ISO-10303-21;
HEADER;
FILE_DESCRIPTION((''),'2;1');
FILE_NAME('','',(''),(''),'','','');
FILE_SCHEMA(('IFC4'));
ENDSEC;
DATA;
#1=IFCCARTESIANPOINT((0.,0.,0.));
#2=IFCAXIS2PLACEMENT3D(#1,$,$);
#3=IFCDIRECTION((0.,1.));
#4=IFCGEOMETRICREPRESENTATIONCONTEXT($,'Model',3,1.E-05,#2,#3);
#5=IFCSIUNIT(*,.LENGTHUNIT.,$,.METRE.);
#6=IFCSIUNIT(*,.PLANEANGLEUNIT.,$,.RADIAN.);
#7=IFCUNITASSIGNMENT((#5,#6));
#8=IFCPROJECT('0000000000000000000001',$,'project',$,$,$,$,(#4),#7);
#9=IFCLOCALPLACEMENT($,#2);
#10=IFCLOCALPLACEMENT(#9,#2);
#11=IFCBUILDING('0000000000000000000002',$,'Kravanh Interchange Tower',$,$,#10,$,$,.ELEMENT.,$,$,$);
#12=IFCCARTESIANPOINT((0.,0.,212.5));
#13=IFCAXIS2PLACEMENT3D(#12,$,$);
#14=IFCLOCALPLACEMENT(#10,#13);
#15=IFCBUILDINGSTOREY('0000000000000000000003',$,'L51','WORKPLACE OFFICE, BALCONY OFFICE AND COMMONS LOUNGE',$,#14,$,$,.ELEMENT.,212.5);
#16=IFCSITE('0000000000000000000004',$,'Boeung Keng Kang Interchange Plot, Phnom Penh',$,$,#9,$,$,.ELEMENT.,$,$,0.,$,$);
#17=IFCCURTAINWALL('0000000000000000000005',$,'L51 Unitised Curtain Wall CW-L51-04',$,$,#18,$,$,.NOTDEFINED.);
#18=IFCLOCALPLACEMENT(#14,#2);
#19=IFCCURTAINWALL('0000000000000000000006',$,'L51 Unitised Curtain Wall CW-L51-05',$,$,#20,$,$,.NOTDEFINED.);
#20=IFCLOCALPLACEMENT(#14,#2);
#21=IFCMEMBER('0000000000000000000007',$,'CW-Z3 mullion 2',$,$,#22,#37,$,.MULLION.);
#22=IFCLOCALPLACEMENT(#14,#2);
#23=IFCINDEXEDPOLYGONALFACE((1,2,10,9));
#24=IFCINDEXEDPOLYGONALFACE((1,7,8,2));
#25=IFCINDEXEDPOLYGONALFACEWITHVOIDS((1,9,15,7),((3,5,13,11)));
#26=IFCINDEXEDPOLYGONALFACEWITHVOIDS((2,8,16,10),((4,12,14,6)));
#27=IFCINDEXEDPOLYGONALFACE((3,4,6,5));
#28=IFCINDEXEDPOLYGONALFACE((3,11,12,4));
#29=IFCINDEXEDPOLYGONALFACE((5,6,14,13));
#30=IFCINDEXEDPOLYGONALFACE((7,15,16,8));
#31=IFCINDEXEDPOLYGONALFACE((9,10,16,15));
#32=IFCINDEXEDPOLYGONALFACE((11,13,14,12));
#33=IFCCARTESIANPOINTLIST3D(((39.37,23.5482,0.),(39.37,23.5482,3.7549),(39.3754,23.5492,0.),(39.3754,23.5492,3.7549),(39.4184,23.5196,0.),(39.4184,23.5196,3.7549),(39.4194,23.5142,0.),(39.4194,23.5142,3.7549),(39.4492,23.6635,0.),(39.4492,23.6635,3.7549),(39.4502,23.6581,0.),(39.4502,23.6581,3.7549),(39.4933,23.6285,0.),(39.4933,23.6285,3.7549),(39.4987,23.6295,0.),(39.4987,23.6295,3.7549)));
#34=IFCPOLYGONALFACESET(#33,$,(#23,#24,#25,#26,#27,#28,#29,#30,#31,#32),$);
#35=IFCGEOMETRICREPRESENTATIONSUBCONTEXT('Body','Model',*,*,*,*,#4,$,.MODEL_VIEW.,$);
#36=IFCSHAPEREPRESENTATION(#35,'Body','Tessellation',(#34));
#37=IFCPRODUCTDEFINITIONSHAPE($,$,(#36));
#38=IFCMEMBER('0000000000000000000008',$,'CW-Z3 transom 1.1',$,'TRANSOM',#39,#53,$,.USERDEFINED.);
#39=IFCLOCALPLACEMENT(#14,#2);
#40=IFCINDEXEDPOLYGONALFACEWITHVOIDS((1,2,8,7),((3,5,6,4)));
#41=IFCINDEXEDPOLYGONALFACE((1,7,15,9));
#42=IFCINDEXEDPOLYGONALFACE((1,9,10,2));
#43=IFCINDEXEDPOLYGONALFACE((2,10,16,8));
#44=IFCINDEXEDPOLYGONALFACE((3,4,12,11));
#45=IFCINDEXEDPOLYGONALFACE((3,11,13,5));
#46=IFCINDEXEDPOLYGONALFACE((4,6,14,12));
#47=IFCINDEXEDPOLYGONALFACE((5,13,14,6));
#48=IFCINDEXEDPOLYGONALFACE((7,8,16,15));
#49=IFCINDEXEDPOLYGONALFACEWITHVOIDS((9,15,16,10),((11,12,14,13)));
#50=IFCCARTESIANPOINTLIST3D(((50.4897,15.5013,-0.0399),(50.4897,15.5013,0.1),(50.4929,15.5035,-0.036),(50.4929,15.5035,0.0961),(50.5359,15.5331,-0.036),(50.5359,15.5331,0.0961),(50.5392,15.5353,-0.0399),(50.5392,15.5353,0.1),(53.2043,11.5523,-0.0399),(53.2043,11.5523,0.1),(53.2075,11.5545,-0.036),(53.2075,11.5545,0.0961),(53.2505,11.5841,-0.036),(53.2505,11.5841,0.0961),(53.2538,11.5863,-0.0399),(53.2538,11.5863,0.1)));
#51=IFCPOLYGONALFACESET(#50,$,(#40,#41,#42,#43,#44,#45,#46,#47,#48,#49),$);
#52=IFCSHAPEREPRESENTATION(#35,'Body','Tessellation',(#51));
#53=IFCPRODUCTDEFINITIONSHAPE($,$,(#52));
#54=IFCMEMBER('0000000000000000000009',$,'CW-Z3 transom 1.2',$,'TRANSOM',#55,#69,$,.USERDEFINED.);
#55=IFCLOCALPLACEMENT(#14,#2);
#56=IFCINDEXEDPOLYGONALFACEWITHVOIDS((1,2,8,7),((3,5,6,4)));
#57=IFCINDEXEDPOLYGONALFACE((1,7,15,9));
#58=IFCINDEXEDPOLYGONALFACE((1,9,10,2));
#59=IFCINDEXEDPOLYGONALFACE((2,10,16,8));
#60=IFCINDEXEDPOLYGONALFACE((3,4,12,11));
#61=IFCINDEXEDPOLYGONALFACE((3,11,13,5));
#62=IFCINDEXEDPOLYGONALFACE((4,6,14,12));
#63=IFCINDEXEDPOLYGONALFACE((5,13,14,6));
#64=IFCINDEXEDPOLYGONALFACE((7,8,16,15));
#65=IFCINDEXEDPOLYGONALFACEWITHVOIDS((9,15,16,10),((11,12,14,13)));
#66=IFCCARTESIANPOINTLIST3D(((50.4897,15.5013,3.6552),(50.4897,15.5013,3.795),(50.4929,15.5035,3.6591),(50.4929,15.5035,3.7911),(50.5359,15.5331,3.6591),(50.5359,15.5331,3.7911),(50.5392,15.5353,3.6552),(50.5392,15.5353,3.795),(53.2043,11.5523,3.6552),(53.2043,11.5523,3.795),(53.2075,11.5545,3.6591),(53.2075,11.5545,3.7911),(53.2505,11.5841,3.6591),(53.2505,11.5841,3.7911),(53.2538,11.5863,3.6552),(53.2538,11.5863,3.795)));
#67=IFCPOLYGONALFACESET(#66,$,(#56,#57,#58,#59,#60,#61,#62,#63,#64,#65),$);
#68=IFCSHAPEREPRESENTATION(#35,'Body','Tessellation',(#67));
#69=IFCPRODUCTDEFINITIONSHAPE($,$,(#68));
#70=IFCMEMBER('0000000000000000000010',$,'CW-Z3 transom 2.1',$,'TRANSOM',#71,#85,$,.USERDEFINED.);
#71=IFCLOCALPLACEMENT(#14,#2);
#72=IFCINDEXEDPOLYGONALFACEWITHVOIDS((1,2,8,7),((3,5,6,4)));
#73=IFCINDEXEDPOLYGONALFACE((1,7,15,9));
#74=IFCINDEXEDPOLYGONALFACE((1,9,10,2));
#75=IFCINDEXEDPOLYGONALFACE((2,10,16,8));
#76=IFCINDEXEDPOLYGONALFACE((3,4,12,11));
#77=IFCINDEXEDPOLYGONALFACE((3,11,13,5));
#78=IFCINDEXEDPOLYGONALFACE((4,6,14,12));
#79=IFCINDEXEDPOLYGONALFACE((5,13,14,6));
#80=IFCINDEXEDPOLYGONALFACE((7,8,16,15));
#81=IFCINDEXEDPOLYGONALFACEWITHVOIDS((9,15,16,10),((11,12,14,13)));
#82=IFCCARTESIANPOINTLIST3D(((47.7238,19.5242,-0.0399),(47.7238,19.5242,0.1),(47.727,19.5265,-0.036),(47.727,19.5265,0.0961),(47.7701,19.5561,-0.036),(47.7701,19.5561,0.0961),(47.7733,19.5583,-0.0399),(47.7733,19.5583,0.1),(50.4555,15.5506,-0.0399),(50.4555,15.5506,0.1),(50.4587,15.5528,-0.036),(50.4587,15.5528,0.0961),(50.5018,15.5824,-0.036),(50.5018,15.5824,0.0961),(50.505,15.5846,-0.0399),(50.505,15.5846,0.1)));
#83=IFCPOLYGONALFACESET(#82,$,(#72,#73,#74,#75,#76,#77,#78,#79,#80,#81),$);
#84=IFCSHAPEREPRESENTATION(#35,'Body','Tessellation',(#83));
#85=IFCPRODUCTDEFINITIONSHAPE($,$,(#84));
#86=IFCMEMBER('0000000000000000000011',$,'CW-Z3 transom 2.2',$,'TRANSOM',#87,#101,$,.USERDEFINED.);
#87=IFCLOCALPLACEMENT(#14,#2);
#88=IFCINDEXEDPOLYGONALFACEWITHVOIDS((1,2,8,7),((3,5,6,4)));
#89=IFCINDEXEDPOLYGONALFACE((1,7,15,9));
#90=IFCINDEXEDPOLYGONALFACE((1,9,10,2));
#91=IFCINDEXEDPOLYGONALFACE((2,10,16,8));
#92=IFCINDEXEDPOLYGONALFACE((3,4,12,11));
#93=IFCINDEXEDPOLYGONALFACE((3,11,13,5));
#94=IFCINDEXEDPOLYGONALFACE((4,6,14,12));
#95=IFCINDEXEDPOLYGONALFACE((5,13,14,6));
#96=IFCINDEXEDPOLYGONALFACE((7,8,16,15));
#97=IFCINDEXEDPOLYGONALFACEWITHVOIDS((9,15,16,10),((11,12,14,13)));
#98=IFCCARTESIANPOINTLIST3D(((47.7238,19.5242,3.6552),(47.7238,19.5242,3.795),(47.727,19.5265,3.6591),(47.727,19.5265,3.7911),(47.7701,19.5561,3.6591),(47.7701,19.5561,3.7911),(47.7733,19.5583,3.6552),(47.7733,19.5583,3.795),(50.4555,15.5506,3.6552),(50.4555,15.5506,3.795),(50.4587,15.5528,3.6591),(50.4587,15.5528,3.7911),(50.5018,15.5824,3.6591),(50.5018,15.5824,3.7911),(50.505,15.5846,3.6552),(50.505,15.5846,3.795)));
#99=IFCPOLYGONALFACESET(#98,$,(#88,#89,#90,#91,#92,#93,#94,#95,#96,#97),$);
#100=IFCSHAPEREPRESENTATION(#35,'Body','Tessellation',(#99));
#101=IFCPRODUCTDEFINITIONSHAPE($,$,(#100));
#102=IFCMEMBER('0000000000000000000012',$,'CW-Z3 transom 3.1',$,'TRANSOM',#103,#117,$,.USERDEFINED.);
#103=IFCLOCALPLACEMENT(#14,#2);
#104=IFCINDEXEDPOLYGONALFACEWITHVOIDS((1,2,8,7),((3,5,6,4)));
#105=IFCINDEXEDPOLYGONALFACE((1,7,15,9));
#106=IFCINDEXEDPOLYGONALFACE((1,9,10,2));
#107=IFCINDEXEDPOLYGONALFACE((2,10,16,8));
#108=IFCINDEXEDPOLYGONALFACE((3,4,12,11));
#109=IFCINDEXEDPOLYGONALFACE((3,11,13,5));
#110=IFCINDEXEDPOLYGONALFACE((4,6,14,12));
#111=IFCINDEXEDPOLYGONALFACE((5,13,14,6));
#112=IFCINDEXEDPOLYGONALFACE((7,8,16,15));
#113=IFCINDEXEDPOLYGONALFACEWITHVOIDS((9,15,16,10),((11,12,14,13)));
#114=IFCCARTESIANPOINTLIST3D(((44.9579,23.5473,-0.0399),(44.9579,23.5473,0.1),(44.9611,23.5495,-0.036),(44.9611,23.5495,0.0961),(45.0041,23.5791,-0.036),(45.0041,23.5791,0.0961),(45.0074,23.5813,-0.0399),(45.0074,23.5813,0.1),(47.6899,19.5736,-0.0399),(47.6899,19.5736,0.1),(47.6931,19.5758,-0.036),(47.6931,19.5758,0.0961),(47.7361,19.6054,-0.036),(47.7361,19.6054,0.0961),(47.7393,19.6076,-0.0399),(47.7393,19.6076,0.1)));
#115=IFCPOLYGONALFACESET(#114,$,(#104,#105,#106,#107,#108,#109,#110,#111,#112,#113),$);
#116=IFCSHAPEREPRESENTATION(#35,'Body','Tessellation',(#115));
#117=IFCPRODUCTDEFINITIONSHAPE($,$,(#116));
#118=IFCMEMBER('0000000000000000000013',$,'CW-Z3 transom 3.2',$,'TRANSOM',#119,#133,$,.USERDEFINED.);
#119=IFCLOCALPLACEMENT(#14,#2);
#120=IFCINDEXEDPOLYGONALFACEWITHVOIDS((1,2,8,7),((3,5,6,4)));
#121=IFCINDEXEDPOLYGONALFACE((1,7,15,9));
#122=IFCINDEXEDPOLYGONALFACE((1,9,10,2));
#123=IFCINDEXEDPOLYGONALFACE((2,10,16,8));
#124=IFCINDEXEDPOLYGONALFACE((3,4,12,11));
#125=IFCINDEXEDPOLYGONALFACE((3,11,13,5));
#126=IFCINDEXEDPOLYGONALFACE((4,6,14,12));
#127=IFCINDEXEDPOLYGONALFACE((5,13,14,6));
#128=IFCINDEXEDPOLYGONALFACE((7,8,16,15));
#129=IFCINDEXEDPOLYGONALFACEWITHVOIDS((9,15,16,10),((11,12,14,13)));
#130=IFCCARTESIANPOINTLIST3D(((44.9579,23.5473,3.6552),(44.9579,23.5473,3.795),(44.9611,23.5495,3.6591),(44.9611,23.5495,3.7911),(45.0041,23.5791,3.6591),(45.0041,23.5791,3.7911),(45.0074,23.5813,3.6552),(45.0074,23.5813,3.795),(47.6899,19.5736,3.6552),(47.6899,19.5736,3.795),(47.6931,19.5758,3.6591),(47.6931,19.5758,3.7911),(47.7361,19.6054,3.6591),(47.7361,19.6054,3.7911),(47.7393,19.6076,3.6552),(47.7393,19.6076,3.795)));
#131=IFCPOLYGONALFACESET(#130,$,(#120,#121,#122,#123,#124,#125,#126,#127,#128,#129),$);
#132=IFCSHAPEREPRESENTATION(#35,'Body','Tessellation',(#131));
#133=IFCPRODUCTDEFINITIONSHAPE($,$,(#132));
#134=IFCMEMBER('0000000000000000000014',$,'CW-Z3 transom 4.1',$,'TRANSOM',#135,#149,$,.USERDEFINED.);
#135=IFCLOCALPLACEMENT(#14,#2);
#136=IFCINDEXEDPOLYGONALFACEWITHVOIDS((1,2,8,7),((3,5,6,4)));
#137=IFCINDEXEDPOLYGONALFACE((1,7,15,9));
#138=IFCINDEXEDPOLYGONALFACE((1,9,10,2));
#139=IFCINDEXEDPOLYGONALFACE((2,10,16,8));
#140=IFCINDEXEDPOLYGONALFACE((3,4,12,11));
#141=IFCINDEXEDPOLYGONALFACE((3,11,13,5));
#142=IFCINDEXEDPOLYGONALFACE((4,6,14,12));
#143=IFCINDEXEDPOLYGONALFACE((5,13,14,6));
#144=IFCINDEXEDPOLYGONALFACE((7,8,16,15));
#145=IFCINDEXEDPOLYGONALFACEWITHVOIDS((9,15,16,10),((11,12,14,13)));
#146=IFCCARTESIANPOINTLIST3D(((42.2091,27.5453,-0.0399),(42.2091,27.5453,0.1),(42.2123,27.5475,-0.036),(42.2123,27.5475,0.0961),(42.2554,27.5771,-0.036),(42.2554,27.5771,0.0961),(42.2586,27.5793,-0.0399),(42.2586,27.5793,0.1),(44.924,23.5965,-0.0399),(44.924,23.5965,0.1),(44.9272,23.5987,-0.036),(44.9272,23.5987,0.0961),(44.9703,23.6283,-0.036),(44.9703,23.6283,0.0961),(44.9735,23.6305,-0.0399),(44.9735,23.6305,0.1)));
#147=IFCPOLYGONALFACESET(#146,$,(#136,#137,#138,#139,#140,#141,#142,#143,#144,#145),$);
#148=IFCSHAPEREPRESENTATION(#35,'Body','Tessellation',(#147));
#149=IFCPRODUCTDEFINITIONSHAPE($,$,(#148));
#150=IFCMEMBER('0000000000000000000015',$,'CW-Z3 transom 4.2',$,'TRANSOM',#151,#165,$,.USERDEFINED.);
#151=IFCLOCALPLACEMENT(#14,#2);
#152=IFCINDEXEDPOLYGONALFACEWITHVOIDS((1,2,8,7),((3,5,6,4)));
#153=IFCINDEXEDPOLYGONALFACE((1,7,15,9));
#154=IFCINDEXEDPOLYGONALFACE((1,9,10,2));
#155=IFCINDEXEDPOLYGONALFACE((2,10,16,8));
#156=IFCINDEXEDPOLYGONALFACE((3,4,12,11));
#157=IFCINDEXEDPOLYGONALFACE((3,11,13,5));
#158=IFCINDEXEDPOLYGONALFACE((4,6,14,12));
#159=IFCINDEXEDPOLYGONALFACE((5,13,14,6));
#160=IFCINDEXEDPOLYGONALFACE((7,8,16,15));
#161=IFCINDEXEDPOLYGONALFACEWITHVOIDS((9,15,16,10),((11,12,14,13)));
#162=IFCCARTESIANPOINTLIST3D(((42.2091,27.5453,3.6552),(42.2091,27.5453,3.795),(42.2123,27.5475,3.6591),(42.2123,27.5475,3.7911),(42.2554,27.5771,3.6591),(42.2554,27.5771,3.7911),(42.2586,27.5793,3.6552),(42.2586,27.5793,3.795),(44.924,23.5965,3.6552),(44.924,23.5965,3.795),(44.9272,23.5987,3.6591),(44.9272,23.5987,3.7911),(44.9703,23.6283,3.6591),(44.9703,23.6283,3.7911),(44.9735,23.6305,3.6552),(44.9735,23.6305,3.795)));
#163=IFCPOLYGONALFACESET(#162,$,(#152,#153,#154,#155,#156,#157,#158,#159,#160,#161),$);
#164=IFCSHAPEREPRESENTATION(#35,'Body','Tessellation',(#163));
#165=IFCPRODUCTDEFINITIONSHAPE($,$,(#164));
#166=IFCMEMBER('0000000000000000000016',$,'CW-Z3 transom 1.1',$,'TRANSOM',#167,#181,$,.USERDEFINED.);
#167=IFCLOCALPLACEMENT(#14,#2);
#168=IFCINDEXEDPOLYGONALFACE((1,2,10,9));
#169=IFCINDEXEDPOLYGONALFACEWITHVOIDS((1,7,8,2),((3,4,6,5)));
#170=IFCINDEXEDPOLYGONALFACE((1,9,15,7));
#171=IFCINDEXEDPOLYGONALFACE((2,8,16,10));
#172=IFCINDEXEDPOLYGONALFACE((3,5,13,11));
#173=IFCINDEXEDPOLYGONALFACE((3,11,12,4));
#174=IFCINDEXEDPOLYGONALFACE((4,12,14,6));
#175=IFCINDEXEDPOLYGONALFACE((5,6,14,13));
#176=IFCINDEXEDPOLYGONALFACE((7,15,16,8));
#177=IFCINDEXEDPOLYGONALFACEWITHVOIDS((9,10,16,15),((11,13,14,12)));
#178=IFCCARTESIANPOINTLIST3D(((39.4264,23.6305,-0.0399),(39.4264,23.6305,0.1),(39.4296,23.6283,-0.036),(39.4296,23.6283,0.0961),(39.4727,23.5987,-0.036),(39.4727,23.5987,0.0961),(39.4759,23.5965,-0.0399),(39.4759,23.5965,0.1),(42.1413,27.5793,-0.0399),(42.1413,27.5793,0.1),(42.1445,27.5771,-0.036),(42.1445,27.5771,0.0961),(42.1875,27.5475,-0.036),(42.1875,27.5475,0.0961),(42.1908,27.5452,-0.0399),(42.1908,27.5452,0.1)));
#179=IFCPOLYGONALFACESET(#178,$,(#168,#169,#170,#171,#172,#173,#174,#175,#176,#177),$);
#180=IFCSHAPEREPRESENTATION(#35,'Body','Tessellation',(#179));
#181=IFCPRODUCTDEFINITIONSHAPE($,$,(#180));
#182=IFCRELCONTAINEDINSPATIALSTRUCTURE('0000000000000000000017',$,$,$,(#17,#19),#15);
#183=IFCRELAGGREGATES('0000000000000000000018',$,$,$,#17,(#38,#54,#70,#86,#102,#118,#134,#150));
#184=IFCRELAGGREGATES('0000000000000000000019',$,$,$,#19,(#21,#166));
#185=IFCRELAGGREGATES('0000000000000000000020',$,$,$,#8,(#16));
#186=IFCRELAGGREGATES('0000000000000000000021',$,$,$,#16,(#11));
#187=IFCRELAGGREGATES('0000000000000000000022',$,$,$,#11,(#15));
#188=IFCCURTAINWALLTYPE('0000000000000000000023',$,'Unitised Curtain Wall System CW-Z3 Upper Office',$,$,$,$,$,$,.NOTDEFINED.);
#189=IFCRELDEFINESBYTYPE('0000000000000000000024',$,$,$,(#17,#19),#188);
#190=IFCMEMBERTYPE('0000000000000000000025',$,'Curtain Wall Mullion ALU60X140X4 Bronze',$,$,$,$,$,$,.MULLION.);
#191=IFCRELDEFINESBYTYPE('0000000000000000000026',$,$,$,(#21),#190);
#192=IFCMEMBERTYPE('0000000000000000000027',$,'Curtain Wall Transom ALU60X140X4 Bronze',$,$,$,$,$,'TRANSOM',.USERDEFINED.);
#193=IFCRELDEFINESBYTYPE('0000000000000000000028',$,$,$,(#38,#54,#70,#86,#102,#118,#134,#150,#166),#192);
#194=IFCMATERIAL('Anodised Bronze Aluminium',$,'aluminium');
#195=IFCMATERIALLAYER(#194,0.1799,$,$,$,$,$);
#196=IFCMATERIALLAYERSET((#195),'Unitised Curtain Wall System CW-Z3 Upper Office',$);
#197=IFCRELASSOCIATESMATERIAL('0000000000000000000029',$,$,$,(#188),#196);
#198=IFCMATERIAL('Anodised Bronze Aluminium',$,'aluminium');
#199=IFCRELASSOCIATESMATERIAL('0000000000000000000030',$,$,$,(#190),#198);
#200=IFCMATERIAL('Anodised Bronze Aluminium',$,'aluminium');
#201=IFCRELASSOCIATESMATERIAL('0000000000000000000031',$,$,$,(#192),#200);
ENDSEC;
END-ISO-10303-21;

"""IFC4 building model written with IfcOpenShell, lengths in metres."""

from ifc_helpers import new_model, si_unit, direction, frame, origin, origin_2d, place, context, subcontext, project, spatial, hollow_rectangle, extrude, material, layer, layer_set, material_profile, profile_set, type_object, element, aggregate, save


model = new_model("IFC4")

# Units and contexts
model_context = context("Model", 3, precision=1e-05, world=origin(), true_north=direction((0.0, 1.0)))
body_context = subcontext(model_context, "Body", "Model", "MODEL_VIEW")
ifc_project = project(units=[si_unit("LENGTHUNIT", "METRE"), si_unit("PLANEANGLEUNIT", "RADIAN")], contexts=[model_context])

# Site, building, storey
site_placement = place(None, origin())
site = spatial("IfcSite", under=ifc_project, at=site_placement, Name="Boeung Keng Kang Interchange Plot, Phnom Penh", CompositionType="ELEMENT", RefElevation=0.0)
building_placement = place(site_placement, origin())
building = spatial("IfcBuilding", under=site, at=building_placement, Name="Kravanh Interchange Tower", CompositionType="ELEMENT")
storey_placement = place(building_placement, frame((0.0, 0.0, 212.5)))
storey = spatial("IfcBuildingStorey", under=building, at=storey_placement, Name="L51", Description="WORKPLACE OFFICE, BALCONY OFFICE AND COMMONS LOUNGE", CompositionType="ELEMENT", Elevation=212.5)

# Shared definitions
ifc_material_1 = material(Name="Anodised Bronze Aluminium", Category="aluminium")
ifc_layer_1 = layer(ifc_material_1, 0.1799)
ifc_layer_set_1 = layer_set([ifc_layer_1], Name="Unitised Curtain Wall System CW-Z3 Upper Office")
curtain_wall_type = type_object("IfcCurtainWallType", Name="Unitised Curtain Wall System CW-Z3 Upper Office", PredefinedType="NOTDEFINED", material=ifc_layer_set_1)
ifc_material_2 = material(Name="Anodised Bronze Aluminium", Category="aluminium")
ifc_material_profile_1 = material_profile(ifc_material_2, hollow_rectangle(XDim=0.0601, YDim=0.1399, WallThickness=0.0039, at=origin_2d()), Name="ALU60X140X4")
ifc_profile_set_1 = profile_set([ifc_material_profile_1], Name="Anodised Bronze Aluminium")
member_type_1 = type_object("IfcMemberType", Name="Curtain Wall Mullion ALU60X140X4 Bronze", PredefinedType="MULLION", material=ifc_profile_set_1)

# Curtain walls, member
curtain_wall_1_placement = place(storey_placement, origin())
curtain_wall_1 = element("IfcCurtainWall", 1, at=curtain_wall_1_placement, inside=storey, type_object=curtain_wall_type, Name="L51 Unitised Curtain Wall CW-L51-04", PredefinedType="NOTDEFINED")
curtain_wall_2_placement = place(storey_placement, origin())
curtain_wall_2 = element("IfcCurtainWall", 2, at=curtain_wall_2_placement, inside=storey, type_object=curtain_wall_type, Name="L51 Unitised Curtain Wall CW-L51-05", PredefinedType="NOTDEFINED")
member_1_placement = place(storey_placement, frame((39.4343, 23.5889, 0.0), z_axis=(0.0, 0.0, 1.0), x_axis=(0.824042, -0.566528, 0.0)))
member_1 = element("IfcMember", 3, at=member_1_placement, type_object=member_type_1, Name="CW-Z3 mullion 2", PredefinedType="MULLION", context=body_context, shape_type="SweptSolid", body=[
    extrude(hollow_rectangle(XDim=0.0601, YDim=0.1399, WallThickness=0.0039, at=origin_2d()), origin(), (0.0, 0.0, 1.0), 3.7549),
])

# Members
ifc_material_3 = material(Name="Anodised Bronze Aluminium", Category="aluminium")
ifc_material_profile_2 = material_profile(ifc_material_3, hollow_rectangle(XDim=0.0601, YDim=0.1399, WallThickness=0.0039, at=origin_2d()), Name="ALU60X140X4")
ifc_profile_set_2 = profile_set([ifc_material_profile_2], Name="Anodised Bronze Aluminium")
member_type_2 = type_object("IfcMemberType", Name="Curtain Wall Transom ALU60X140X4 Bronze", ElementType="TRANSOM", PredefinedType="USERDEFINED", material=ifc_profile_set_2)
member_2_placement = place(storey_placement, frame((53.229, 11.5693, 0.03), z_axis=(-0.566483, 0.824073, 0.0), x_axis=(-0.824073, -0.566483, 0.0)))
member_2 = element("IfcMember", 4, at=member_2_placement, type_object=member_type_2, Name="CW-Z3 transom 1.1", ObjectType="TRANSOM", PredefinedType="USERDEFINED", context=body_context, shape_type="SweptSolid", body=[
    extrude(hollow_rectangle(XDim=0.0601, YDim=0.1399, WallThickness=0.0039, at=origin_2d()), origin(), (0.0, 0.0, 1.0), 4.792),
])
member_3_placement = place(storey_placement, frame((53.229, 11.5693, 3.7251), z_axis=(-0.566483, 0.824073, 0.0), x_axis=(-0.824073, -0.566483, 0.0)))
member_3 = element("IfcMember", 5, at=member_3_placement, type_object=member_type_2, Name="CW-Z3 transom 1.2", ObjectType="TRANSOM", PredefinedType="USERDEFINED", context=body_context, shape_type="SweptSolid", body=[
    extrude(hollow_rectangle(XDim=0.0601, YDim=0.1399, WallThickness=0.0039, at=origin_2d()), origin(), (0.0, 0.0, 1.0), 4.792),
])
member_4_placement = place(storey_placement, frame((50.4802, 15.5676, 0.03), z_axis=(-0.566503, 0.82406, 0.0), x_axis=(-0.82406, -0.566503, 0.0)))
member_4 = element("IfcMember", 6, at=member_4_placement, type_object=member_type_2, Name="CW-Z3 transom 2.1", ObjectType="TRANSOM", PredefinedType="USERDEFINED", context=body_context, shape_type="SweptSolid", body=[
    extrude(hollow_rectangle(XDim=0.0601, YDim=0.1399, WallThickness=0.0039, at=origin_2d()), origin(), (0.0, 0.0, 1.0), 4.822),
])
member_5_placement = place(storey_placement, frame((50.4802, 15.5676, 3.7251), z_axis=(-0.566503, 0.82406, 0.0), x_axis=(-0.82406, -0.566503, 0.0)))
member_5 = element("IfcMember", 7, at=member_5_placement, type_object=member_type_2, Name="CW-Z3 transom 2.2", ObjectType="TRANSOM", PredefinedType="USERDEFINED", context=body_context, shape_type="SweptSolid", body=[
    extrude(hollow_rectangle(XDim=0.0601, YDim=0.1399, WallThickness=0.0039, at=origin_2d()), origin(), (0.0, 0.0, 1.0), 4.822),
])
member_6_placement = place(storey_placement, frame((47.7146, 19.5906, 0.03), z_axis=(-0.566537, 0.824036, 0.0), x_axis=(-0.824036, -0.566537, 0.0)))
member_6 = element("IfcMember", 8, at=member_6_placement, type_object=member_type_2, Name="CW-Z3 transom 3.1", ObjectType="TRANSOM", PredefinedType="USERDEFINED", context=body_context, shape_type="SweptSolid", body=[
    extrude(hollow_rectangle(XDim=0.0601, YDim=0.1399, WallThickness=0.0039, at=origin_2d()), origin(), (0.0, 0.0, 1.0), 4.8223),
])
member_7_placement = place(storey_placement, frame((47.7146, 19.5906, 3.7251), z_axis=(-0.566537, 0.824036, 0.0), x_axis=(-0.824036, -0.566537, 0.0)))
member_7 = element("IfcMember", 9, at=member_7_placement, type_object=member_type_2, Name="CW-Z3 transom 3.2", ObjectType="TRANSOM", PredefinedType="USERDEFINED", context=body_context, shape_type="SweptSolid", body=[
    extrude(hollow_rectangle(XDim=0.0601, YDim=0.1399, WallThickness=0.0039, at=origin_2d()), origin(), (0.0, 0.0, 1.0), 4.8223),
])
member_8_placement = place(storey_placement, frame((44.9487, 23.6135, 0.03), z_axis=(-0.566542, 0.824033, 0.0), x_axis=(-0.824033, -0.566542, 0.0)))
member_8 = element("IfcMember", 10, at=member_8_placement, type_object=member_type_2, Name="CW-Z3 transom 4.1", ObjectType="TRANSOM", PredefinedType="USERDEFINED", context=body_context, shape_type="SweptSolid", body=[
    extrude(hollow_rectangle(XDim=0.0601, YDim=0.1399, WallThickness=0.0039, at=origin_2d()), origin(), (0.0, 0.0, 1.0), 4.792),
])
member_9_placement = place(storey_placement, frame((44.9487, 23.6135, 3.7251), z_axis=(-0.566542, 0.824033, 0.0), x_axis=(-0.824033, -0.566542, 0.0)))
member_9 = element("IfcMember", 11, at=member_9_placement, type_object=member_type_2, Name="CW-Z3 transom 4.2", ObjectType="TRANSOM", PredefinedType="USERDEFINED", context=body_context, shape_type="SweptSolid", body=[
    extrude(hollow_rectangle(XDim=0.0601, YDim=0.1399, WallThickness=0.0039, at=origin_2d()), origin(), (0.0, 0.0, 1.0), 4.792),
])
member_10_placement = place(storey_placement, frame((42.166, 27.5623, 0.03), z_axis=(-0.566542, -0.824033, 0.0), x_axis=(0.824033, -0.566542, 0.0)))
member_10 = element("IfcMember", 12, at=member_10_placement, type_object=member_type_2, Name="CW-Z3 transom 1.1", ObjectType="TRANSOM", PredefinedType="USERDEFINED", context=body_context, shape_type="SweptSolid", body=[
    extrude(hollow_rectangle(XDim=0.0601, YDim=0.1399, WallThickness=0.0039, at=origin_2d()), origin(), (0.0, 0.0, 1.0), 4.792),
])

aggregate(curtain_wall_1, [member_2, member_3, member_4, member_5, member_6, member_7, member_8, member_9])
aggregate(curtain_wall_2, [member_1, member_10])

save(model, "model.ifc")
